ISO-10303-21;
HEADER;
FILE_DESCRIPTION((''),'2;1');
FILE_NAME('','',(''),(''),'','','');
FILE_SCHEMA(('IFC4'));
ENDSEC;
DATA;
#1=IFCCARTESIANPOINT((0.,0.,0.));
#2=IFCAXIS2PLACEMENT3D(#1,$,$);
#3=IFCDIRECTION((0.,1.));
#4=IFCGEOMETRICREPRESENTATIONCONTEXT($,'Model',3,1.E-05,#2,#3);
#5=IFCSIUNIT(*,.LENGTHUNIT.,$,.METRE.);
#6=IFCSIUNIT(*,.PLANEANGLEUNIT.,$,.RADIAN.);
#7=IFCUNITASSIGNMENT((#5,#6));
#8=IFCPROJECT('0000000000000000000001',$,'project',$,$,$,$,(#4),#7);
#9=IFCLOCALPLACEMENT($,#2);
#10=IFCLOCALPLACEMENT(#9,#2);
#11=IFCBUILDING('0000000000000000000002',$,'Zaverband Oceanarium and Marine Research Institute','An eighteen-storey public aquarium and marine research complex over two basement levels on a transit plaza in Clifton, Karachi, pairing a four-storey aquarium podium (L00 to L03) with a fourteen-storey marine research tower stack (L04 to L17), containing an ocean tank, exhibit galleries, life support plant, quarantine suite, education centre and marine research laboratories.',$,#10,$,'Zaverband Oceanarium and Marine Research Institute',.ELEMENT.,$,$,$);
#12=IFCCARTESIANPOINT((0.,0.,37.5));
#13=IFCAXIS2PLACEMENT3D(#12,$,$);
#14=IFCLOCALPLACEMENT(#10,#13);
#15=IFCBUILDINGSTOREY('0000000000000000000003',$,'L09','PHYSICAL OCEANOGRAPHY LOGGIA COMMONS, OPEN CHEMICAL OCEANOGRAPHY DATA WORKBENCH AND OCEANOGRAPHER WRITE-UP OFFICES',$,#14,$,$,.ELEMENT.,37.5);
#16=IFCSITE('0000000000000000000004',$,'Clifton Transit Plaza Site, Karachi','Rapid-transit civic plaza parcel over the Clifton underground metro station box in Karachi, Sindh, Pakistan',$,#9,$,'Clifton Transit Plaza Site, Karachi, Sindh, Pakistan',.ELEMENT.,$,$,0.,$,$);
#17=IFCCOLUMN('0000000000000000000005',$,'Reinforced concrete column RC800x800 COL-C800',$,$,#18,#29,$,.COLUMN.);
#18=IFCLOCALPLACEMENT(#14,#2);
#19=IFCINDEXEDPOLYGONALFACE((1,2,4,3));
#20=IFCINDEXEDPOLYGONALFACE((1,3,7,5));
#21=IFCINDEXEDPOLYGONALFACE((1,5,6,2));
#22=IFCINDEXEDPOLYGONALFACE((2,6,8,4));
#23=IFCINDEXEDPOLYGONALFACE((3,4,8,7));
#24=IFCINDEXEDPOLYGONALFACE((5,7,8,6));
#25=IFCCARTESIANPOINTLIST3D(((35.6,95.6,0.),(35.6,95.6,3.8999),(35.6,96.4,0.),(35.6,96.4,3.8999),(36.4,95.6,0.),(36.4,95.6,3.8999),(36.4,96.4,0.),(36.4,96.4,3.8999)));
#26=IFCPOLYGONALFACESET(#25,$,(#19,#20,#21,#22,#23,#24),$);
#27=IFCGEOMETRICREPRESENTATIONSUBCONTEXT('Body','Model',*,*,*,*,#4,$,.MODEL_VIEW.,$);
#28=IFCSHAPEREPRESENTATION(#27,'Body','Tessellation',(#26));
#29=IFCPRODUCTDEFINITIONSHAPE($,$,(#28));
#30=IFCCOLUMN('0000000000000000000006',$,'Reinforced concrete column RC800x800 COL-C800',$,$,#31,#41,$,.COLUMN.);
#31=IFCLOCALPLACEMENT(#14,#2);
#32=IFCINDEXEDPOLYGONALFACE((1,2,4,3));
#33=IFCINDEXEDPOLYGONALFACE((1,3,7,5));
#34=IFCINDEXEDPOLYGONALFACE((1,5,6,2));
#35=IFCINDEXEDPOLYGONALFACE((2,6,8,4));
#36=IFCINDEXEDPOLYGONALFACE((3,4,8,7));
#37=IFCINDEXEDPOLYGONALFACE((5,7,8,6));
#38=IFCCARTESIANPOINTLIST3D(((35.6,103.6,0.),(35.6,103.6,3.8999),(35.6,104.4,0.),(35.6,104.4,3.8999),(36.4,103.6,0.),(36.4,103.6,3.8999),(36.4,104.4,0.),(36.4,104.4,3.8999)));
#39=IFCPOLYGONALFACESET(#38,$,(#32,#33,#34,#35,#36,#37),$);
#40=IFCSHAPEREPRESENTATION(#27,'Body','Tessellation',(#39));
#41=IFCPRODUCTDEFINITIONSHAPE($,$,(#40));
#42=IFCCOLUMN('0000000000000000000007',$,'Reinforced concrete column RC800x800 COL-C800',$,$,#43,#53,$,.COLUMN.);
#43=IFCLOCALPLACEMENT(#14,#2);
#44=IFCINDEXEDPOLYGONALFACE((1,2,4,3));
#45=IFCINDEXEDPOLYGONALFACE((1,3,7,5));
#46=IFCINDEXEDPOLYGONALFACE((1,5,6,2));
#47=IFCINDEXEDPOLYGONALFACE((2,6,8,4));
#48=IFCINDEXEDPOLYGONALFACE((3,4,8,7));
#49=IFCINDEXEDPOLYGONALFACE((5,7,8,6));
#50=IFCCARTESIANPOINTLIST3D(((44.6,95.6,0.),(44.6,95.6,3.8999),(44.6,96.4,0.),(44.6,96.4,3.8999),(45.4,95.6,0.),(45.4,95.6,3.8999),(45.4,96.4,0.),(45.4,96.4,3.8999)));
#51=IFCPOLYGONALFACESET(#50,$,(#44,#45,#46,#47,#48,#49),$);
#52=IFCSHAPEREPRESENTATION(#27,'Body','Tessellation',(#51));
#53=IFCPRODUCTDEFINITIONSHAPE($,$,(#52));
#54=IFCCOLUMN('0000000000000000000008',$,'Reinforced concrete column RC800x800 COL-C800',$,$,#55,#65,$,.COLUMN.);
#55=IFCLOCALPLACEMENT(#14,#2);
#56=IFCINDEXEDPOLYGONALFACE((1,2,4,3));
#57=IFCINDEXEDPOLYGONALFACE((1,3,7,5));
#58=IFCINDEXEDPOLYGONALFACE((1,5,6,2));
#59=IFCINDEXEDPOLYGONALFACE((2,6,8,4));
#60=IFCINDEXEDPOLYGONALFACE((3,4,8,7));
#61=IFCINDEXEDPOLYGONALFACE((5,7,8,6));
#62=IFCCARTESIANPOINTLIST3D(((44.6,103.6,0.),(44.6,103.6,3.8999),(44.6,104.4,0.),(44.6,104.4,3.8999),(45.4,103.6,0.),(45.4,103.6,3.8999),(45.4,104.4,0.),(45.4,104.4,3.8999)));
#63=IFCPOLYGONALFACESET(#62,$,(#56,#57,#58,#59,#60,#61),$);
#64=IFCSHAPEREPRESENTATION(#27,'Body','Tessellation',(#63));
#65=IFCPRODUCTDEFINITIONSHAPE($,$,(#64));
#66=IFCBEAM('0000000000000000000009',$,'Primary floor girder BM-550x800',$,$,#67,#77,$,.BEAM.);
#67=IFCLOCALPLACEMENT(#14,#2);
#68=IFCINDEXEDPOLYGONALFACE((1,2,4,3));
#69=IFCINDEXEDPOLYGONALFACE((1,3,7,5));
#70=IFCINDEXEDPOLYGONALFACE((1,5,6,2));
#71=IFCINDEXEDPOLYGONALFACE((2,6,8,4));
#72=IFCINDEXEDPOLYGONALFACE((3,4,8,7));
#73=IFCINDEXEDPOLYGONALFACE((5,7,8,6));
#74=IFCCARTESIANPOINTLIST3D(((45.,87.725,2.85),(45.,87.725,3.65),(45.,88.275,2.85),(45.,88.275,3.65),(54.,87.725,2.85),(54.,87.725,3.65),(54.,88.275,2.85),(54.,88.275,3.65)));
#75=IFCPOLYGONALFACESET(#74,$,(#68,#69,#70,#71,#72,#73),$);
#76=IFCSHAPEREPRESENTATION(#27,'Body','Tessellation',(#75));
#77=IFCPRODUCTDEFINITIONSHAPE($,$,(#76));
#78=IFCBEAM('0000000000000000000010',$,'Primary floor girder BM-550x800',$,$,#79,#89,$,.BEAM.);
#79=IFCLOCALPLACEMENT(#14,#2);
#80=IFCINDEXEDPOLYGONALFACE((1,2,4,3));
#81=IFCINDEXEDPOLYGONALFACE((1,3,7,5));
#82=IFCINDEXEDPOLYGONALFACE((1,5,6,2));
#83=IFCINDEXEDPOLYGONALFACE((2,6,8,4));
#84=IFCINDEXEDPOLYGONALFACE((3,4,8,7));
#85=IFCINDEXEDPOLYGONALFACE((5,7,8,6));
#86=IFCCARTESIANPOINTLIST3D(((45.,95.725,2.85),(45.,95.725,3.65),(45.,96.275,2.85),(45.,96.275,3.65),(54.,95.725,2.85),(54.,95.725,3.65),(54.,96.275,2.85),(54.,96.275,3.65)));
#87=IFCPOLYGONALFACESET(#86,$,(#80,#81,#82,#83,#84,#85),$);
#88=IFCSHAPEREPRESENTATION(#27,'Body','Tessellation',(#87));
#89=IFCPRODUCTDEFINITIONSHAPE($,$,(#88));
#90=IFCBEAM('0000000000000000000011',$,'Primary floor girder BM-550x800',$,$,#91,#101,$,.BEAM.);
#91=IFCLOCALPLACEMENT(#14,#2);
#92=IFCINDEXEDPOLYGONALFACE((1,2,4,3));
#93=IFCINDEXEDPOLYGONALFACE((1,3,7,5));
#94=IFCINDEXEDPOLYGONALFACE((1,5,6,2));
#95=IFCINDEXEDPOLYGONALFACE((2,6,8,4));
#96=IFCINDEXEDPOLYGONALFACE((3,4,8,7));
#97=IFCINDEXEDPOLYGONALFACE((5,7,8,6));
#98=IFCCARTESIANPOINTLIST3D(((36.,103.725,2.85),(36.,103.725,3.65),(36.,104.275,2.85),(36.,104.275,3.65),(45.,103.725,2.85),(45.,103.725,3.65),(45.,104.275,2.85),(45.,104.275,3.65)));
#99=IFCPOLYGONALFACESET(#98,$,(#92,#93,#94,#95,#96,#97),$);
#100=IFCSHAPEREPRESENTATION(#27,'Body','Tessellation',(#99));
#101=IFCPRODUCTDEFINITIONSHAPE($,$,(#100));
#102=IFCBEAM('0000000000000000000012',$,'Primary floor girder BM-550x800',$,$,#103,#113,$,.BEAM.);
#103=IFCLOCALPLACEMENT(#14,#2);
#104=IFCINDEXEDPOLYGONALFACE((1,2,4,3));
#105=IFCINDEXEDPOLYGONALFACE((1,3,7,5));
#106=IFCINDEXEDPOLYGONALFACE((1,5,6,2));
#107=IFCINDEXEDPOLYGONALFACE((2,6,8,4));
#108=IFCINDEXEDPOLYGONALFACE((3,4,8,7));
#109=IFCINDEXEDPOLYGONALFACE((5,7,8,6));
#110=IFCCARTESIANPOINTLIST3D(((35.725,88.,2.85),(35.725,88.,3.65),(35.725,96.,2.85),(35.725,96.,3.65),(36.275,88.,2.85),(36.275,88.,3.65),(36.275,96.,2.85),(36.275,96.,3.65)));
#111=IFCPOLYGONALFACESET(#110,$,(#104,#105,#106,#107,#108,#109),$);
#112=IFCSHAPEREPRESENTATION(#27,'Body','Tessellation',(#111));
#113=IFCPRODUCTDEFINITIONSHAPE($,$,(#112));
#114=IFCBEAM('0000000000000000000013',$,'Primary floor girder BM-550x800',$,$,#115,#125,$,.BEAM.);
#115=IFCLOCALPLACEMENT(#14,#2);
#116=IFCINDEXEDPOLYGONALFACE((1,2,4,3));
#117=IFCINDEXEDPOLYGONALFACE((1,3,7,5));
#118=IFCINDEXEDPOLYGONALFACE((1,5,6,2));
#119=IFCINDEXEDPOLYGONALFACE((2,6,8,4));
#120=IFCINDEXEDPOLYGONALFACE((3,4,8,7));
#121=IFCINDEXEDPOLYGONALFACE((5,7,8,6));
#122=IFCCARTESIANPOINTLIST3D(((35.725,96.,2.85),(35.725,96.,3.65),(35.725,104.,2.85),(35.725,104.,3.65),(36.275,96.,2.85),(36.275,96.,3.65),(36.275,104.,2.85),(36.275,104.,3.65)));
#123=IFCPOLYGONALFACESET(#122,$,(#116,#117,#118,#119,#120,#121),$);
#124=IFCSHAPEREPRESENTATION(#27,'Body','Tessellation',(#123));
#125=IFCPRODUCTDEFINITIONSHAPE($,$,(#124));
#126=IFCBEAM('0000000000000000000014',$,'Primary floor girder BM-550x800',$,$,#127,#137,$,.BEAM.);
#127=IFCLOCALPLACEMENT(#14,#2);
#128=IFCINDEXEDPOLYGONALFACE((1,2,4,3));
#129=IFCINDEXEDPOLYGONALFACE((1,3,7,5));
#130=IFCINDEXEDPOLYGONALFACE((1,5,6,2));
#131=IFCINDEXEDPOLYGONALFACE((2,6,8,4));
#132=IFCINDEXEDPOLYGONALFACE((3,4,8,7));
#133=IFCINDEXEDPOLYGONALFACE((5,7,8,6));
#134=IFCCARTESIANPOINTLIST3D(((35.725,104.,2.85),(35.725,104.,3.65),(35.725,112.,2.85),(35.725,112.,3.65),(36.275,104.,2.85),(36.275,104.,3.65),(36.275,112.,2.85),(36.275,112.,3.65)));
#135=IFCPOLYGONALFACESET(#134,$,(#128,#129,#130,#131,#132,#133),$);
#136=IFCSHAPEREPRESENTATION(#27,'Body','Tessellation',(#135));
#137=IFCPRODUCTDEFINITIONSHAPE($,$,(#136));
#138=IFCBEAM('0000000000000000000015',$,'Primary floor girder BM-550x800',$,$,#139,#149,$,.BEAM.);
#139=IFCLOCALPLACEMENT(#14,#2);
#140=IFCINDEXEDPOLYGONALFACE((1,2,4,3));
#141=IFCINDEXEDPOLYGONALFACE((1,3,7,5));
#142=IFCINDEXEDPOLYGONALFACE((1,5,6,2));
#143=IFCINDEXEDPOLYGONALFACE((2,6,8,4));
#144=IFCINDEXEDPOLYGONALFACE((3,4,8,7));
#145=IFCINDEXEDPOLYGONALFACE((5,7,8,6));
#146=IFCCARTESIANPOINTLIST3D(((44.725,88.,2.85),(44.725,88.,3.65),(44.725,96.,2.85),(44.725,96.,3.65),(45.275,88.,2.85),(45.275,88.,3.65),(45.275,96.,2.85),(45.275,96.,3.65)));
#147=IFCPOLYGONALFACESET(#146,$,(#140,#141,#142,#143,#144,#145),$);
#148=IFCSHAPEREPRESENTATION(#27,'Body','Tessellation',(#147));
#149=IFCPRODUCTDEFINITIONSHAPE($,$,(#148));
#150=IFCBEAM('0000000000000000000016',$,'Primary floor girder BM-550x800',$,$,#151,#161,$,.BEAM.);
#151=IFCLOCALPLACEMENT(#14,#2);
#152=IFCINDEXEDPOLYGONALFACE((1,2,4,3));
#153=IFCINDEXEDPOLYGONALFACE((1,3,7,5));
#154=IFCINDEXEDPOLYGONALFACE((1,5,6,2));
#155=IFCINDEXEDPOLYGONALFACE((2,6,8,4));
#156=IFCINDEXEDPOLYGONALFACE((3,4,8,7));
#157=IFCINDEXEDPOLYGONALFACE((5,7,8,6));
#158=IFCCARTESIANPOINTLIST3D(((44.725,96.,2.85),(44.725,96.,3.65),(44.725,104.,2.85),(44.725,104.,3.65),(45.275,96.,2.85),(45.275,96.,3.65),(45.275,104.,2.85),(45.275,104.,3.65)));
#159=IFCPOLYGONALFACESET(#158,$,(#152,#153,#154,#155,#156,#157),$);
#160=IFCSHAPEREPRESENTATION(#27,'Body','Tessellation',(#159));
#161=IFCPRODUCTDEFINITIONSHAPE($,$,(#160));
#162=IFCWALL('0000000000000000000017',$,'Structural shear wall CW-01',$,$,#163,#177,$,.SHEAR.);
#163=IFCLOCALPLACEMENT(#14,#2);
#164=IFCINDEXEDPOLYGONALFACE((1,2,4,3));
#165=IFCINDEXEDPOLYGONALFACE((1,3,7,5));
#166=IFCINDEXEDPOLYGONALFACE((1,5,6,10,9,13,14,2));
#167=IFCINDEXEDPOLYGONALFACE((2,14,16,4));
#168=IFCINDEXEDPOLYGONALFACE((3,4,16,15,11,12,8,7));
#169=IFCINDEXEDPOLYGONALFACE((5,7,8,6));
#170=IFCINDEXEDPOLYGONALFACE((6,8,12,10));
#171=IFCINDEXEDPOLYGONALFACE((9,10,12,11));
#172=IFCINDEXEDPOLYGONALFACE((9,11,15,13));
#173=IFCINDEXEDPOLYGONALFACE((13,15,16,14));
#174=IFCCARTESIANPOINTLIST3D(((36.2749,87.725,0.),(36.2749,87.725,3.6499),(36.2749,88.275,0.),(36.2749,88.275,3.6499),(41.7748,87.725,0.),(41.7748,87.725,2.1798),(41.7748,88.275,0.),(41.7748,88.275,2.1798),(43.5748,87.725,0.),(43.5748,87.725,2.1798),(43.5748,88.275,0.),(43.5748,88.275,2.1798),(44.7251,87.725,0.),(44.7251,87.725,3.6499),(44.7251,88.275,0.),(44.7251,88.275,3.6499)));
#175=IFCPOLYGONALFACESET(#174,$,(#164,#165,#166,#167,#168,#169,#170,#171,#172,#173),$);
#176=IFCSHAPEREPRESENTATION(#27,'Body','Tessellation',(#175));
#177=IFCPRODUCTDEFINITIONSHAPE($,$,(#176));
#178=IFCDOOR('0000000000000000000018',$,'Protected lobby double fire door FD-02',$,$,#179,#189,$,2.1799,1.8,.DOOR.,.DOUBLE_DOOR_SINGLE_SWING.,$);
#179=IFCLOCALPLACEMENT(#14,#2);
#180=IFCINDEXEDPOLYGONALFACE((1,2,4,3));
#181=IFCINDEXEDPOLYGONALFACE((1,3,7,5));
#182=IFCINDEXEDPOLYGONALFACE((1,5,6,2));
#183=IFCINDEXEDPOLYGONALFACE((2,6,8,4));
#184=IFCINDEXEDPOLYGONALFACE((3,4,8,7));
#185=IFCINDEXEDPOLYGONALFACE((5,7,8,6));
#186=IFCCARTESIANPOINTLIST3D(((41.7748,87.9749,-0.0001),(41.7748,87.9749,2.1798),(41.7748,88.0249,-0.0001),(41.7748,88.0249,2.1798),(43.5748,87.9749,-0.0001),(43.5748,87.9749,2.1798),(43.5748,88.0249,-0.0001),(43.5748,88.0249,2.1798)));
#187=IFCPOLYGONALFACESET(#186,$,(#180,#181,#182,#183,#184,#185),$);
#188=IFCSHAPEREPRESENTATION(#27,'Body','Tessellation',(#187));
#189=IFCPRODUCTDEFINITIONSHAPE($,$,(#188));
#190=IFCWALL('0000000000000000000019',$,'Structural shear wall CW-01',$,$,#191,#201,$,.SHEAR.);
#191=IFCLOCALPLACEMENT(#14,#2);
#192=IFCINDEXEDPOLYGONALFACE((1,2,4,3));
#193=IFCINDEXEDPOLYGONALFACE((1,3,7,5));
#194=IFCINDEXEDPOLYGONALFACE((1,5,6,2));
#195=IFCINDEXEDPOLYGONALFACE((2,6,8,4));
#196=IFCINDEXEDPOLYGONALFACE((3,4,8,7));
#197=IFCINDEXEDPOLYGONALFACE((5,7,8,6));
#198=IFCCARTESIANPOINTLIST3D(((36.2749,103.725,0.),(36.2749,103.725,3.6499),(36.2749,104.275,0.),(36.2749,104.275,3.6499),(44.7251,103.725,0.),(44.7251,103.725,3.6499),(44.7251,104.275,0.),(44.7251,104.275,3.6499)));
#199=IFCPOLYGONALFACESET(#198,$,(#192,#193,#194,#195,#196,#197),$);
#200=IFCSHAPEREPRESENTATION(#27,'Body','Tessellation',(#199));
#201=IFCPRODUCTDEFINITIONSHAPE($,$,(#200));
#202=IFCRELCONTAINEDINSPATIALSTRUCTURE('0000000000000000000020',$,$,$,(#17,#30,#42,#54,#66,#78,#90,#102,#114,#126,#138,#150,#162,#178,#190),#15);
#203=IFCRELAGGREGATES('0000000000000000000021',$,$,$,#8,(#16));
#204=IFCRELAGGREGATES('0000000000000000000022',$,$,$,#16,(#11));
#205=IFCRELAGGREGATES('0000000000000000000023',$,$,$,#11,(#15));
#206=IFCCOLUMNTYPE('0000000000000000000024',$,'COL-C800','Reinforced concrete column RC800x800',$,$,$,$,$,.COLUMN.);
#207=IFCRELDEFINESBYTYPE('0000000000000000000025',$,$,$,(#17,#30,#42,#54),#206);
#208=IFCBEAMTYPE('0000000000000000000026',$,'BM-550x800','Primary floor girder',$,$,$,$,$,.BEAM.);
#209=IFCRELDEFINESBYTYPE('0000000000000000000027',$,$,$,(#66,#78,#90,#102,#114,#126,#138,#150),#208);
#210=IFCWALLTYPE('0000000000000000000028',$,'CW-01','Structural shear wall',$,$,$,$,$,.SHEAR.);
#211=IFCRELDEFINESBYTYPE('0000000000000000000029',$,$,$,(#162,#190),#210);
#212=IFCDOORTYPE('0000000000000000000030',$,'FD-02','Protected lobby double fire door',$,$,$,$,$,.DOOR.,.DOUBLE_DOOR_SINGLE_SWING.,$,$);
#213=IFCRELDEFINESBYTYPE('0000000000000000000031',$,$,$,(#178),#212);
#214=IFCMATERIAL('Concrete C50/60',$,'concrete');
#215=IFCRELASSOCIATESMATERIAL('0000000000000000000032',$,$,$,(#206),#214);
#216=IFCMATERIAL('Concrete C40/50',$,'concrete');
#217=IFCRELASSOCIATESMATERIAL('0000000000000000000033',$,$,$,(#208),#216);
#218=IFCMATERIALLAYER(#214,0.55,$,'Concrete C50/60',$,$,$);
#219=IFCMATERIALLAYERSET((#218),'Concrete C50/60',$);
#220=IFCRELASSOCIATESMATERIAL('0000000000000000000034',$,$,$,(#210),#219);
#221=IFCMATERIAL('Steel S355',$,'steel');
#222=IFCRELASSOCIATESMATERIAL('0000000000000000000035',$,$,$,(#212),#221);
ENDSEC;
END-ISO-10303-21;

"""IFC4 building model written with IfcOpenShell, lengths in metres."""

from ifc_helpers import new_model, si_unit, direction, frame, frame_2d, origin, origin_2d, place, context, subcontext, project, spatial, rectangle, extrude, material, layer, layer_set, material_profile, profile_set, type_object, element, fill, save


model = new_model("IFC4")

# Units and contexts
model_context = context("Model", 3, precision=1e-05, world=origin(), true_north=direction((0.0, 1.0)))
body_context = subcontext(model_context, "Body", "Model", "MODEL_VIEW")
ifc_project = project(units=[si_unit("LENGTHUNIT", "METRE"), si_unit("PLANEANGLEUNIT", "RADIAN")], contexts=[model_context])

# Site, building, storey
site_placement = place(None, origin())
site = spatial("IfcSite", under=ifc_project, at=site_placement, Name="Clifton Transit Plaza Site, Karachi", Description="Rapid-transit civic plaza parcel over the Clifton underground metro station box in Karachi, Sindh, Pakistan", LongName="Clifton Transit Plaza Site, Karachi, Sindh, Pakistan", CompositionType="ELEMENT", RefElevation=0.0)
building_placement = place(site_placement, origin())
building = spatial("IfcBuilding", under=site, at=building_placement, Name="Zaverband Oceanarium and Marine Research Institute", Description="An eighteen-storey public aquarium and marine research complex over two basement levels on a transit plaza in Clifton, Karachi, pairing a four-storey aquarium podium (L00 to L03) with a fourteen-storey marine research tower stack (L04 to L17), containing an ocean tank, exhibit galleries, life support plant, quarantine suite, education centre and marine research laboratories.", LongName="Zaverband Oceanarium and Marine Research Institute", CompositionType="ELEMENT")
storey_placement = place(building_placement, frame((0.0, 0.0, 37.5)))
storey = spatial("IfcBuildingStorey", under=building, at=storey_placement, Name="L09", Description="PHYSICAL OCEANOGRAPHY LOGGIA COMMONS, OPEN CHEMICAL OCEANOGRAPHY DATA WORKBENCH AND OCEANOGRAPHER WRITE-UP OFFICES", CompositionType="ELEMENT", Elevation=37.5)

# Columns
ifc_material_1 = material(Name="Concrete C50/60", Category="concrete")
ifc_material_profile_1 = material_profile(ifc_material_1, rectangle(XDim=0.8, YDim=0.8, at=origin_2d()), Name="RC800x800")
ifc_profile_set_1 = profile_set([ifc_material_profile_1], Name="Concrete C50/60")
column_type = type_object("IfcColumnType", Name="COL-C800", Description="Reinforced concrete column RC800x800", PredefinedType="COLUMN", material=ifc_profile_set_1)
for number, where, z_axis, x_axis, name in (
    (1, (36.0, 96.0, 0.0), (0.0, 0.0, 1.0), (1.0, 0.0, 0.0), "Reinforced concrete column RC800x800 COL-C800"),
    (2, (36.0, 104.0, 0.0), (0.0, 0.0, 1.0), (1.0, 0.0, 0.0), "Reinforced concrete column RC800x800 COL-C800"),
    (3, (45.0, 96.0, 0.0), (0.0, 0.0, 1.0), (1.0, 0.0, 0.0), "Reinforced concrete column RC800x800 COL-C800"),
    (4, (45.0, 104.0, 0.0), (0.0, 0.0, 1.0), (1.0, 0.0, 0.0), "Reinforced concrete column RC800x800 COL-C800"),
):
    element("IfcColumn", number, at=place(storey_placement, frame(where, z_axis=z_axis, x_axis=x_axis)), inside=storey, type_object=column_type, Name=name, PredefinedType="COLUMN", context=body_context, shape_type="SweptSolid", body=[
        extrude(rectangle(XDim=0.8, YDim=0.8, at=origin_2d()), origin(), (0.0, 0.0, 1.0), 3.8999),
    ])

# Beams
ifc_material_2 = material(Name="Concrete C40/50", Category="concrete")
ifc_material_profile_2 = material_profile(ifc_material_2, rectangle(XDim=0.55, YDim=0.8, at=origin_2d()), Name="RC550x800")
ifc_profile_set_2 = profile_set([ifc_material_profile_2], Name="Concrete C40/50")
beam_type = type_object("IfcBeamType", Name="BM-550x800", Description="Primary floor girder", PredefinedType="BEAM", material=ifc_profile_set_2)
for number, where, z_axis, x_axis, name in (
    (5, (45.0, 88.0, 3.25), (1.0, 0.0, 0.0), (0.0, 1.0, 0.0), "Primary floor girder BM-550x800"),
    (6, (45.0, 96.0, 3.25), (1.0, 0.0, 0.0), (0.0, 1.0, 0.0), "Primary floor girder BM-550x800"),
    (7, (36.0, 104.0, 3.25), (1.0, 0.0, 0.0), (0.0, 1.0, 0.0), "Primary floor girder BM-550x800"),
):
    element("IfcBeam", number, at=place(storey_placement, frame(where, z_axis=z_axis, x_axis=x_axis)), inside=storey, type_object=beam_type, Name=name, PredefinedType="BEAM", context=body_context, shape_type="SweptSolid", body=[
        extrude(rectangle(XDim=0.55, YDim=0.8, at=origin_2d()), origin(), (0.0, 0.0, 1.0), 9.0),
    ])
for number, where, z_axis, x_axis, name in (
    (8, (36.0, 88.0, 3.25), (0.0, 1.0, 0.0), (-1.0, 0.0, 0.0), "Primary floor girder BM-550x800"),
    (9, (36.0, 96.0, 3.25), (0.0, 1.0, 0.0), (-1.0, 0.0, 0.0), "Primary floor girder BM-550x800"),
    (10, (36.0, 104.0, 3.25), (0.0, 1.0, 0.0), (-1.0, 0.0, 0.0), "Primary floor girder BM-550x800"),
    (11, (45.0, 88.0, 3.25), (0.0, 1.0, 0.0), (-1.0, 0.0, 0.0), "Primary floor girder BM-550x800"),
    (12, (45.0, 96.0, 3.25), (0.0, 1.0, 0.0), (-1.0, 0.0, 0.0), "Primary floor girder BM-550x800"),
):
    element("IfcBeam", number, at=place(storey_placement, frame(where, z_axis=z_axis, x_axis=x_axis)), inside=storey, type_object=beam_type, Name=name, PredefinedType="BEAM", context=body_context, shape_type="SweptSolid", body=[
        extrude(rectangle(XDim=0.55, YDim=0.8, at=origin_2d()), origin(), (0.0, 0.0, 1.0), 8.0),
    ])

# Wall, opening, door
ifc_layer_1 = layer(ifc_material_1, 0.55, Name="Concrete C50/60")
ifc_layer_set_1 = layer_set([ifc_layer_1], Name="Concrete C50/60")
wall_type_1 = type_object("IfcWallType", Name="CW-01", Description="Structural shear wall", PredefinedType="SHEAR", material=ifc_layer_set_1)
wall_1_placement = place(storey_placement, frame((36.2749, 88.0, 0.0), z_axis=(0.0, 0.0, 1.0), x_axis=(1.0, 0.0, 0.0)))
wall_1 = element("IfcWall", 13, at=wall_1_placement, inside=storey, type_object=wall_type_1, Name="Structural shear wall CW-01", PredefinedType="SHEAR", context=body_context, shape_type="SweptSolid", body=[
    extrude(rectangle(XDim=8.4502, YDim=0.55, at=frame_2d((4.2251, 0.0))), origin(), (0.0, 0.0, 1.0), 3.6499),
])
opening_1_placement = place(wall_1_placement, frame((5.5, 0.0, 0.0)))
opening_1 = element("IfcOpeningElement", 14, at=opening_1_placement, cuts=wall_1, PredefinedType="OPENING", context=body_context, shape_type="SweptSolid", body=[
    extrude(rectangle(XDim=1.8, YDim=2.1799, at=frame_2d((0.8999, 1.0898))), frame((0.0, 0.2871, 0.0), z_axis=(0.0, -1.0, 0.0), x_axis=(1.0, 0.0, 0.0)), (0.0, 0.0, 1.0), 0.574),
])
ifc_material_3 = material(Name="Steel S355", Category="steel")
door_type_1 = type_object("IfcDoorType", Name="FD-02", Description="Protected lobby double fire door", OperationType="DOUBLE_DOOR_SINGLE_SWING", PredefinedType="DOOR", material=ifc_material_3)
door_1_placement = place(opening_1_placement, origin())
door_1 = element("IfcDoor", 15, at=door_1_placement, inside=storey, type_object=door_type_1, Name="Protected lobby double fire door FD-02", OperationType="DOUBLE_DOOR_SINGLE_SWING", OverallHeight=2.1799, OverallWidth=1.8, PredefinedType="DOOR", context=body_context, shape_type="SweptSolid", body=[
    extrude(rectangle(XDim=1.8, YDim=2.1799, at=frame_2d((0.8999, 1.0898))), frame((0.0, 0.0249, 0.0), z_axis=(0.0, -1.0, 0.0), x_axis=(1.0, 0.0, 0.0)), (0.0, 0.0, 1.0), 0.05),
])
fill(opening_1, door_1)

# Wall
wall_2_placement = place(storey_placement, frame((36.2749, 104.0, 0.0), z_axis=(0.0, 0.0, 1.0), x_axis=(1.0, 0.0, 0.0)))
element("IfcWall", 16, at=wall_2_placement, inside=storey, type_object=wall_type_1, Name="Structural shear wall CW-01", PredefinedType="SHEAR", context=body_context, shape_type="SweptSolid", body=[
    extrude(rectangle(XDim=8.4502, YDim=0.55, at=frame_2d((4.2251, 0.0))), origin(), (0.0, 0.0, 1.0), 3.6499),
])

save(model, "model.ifc")
